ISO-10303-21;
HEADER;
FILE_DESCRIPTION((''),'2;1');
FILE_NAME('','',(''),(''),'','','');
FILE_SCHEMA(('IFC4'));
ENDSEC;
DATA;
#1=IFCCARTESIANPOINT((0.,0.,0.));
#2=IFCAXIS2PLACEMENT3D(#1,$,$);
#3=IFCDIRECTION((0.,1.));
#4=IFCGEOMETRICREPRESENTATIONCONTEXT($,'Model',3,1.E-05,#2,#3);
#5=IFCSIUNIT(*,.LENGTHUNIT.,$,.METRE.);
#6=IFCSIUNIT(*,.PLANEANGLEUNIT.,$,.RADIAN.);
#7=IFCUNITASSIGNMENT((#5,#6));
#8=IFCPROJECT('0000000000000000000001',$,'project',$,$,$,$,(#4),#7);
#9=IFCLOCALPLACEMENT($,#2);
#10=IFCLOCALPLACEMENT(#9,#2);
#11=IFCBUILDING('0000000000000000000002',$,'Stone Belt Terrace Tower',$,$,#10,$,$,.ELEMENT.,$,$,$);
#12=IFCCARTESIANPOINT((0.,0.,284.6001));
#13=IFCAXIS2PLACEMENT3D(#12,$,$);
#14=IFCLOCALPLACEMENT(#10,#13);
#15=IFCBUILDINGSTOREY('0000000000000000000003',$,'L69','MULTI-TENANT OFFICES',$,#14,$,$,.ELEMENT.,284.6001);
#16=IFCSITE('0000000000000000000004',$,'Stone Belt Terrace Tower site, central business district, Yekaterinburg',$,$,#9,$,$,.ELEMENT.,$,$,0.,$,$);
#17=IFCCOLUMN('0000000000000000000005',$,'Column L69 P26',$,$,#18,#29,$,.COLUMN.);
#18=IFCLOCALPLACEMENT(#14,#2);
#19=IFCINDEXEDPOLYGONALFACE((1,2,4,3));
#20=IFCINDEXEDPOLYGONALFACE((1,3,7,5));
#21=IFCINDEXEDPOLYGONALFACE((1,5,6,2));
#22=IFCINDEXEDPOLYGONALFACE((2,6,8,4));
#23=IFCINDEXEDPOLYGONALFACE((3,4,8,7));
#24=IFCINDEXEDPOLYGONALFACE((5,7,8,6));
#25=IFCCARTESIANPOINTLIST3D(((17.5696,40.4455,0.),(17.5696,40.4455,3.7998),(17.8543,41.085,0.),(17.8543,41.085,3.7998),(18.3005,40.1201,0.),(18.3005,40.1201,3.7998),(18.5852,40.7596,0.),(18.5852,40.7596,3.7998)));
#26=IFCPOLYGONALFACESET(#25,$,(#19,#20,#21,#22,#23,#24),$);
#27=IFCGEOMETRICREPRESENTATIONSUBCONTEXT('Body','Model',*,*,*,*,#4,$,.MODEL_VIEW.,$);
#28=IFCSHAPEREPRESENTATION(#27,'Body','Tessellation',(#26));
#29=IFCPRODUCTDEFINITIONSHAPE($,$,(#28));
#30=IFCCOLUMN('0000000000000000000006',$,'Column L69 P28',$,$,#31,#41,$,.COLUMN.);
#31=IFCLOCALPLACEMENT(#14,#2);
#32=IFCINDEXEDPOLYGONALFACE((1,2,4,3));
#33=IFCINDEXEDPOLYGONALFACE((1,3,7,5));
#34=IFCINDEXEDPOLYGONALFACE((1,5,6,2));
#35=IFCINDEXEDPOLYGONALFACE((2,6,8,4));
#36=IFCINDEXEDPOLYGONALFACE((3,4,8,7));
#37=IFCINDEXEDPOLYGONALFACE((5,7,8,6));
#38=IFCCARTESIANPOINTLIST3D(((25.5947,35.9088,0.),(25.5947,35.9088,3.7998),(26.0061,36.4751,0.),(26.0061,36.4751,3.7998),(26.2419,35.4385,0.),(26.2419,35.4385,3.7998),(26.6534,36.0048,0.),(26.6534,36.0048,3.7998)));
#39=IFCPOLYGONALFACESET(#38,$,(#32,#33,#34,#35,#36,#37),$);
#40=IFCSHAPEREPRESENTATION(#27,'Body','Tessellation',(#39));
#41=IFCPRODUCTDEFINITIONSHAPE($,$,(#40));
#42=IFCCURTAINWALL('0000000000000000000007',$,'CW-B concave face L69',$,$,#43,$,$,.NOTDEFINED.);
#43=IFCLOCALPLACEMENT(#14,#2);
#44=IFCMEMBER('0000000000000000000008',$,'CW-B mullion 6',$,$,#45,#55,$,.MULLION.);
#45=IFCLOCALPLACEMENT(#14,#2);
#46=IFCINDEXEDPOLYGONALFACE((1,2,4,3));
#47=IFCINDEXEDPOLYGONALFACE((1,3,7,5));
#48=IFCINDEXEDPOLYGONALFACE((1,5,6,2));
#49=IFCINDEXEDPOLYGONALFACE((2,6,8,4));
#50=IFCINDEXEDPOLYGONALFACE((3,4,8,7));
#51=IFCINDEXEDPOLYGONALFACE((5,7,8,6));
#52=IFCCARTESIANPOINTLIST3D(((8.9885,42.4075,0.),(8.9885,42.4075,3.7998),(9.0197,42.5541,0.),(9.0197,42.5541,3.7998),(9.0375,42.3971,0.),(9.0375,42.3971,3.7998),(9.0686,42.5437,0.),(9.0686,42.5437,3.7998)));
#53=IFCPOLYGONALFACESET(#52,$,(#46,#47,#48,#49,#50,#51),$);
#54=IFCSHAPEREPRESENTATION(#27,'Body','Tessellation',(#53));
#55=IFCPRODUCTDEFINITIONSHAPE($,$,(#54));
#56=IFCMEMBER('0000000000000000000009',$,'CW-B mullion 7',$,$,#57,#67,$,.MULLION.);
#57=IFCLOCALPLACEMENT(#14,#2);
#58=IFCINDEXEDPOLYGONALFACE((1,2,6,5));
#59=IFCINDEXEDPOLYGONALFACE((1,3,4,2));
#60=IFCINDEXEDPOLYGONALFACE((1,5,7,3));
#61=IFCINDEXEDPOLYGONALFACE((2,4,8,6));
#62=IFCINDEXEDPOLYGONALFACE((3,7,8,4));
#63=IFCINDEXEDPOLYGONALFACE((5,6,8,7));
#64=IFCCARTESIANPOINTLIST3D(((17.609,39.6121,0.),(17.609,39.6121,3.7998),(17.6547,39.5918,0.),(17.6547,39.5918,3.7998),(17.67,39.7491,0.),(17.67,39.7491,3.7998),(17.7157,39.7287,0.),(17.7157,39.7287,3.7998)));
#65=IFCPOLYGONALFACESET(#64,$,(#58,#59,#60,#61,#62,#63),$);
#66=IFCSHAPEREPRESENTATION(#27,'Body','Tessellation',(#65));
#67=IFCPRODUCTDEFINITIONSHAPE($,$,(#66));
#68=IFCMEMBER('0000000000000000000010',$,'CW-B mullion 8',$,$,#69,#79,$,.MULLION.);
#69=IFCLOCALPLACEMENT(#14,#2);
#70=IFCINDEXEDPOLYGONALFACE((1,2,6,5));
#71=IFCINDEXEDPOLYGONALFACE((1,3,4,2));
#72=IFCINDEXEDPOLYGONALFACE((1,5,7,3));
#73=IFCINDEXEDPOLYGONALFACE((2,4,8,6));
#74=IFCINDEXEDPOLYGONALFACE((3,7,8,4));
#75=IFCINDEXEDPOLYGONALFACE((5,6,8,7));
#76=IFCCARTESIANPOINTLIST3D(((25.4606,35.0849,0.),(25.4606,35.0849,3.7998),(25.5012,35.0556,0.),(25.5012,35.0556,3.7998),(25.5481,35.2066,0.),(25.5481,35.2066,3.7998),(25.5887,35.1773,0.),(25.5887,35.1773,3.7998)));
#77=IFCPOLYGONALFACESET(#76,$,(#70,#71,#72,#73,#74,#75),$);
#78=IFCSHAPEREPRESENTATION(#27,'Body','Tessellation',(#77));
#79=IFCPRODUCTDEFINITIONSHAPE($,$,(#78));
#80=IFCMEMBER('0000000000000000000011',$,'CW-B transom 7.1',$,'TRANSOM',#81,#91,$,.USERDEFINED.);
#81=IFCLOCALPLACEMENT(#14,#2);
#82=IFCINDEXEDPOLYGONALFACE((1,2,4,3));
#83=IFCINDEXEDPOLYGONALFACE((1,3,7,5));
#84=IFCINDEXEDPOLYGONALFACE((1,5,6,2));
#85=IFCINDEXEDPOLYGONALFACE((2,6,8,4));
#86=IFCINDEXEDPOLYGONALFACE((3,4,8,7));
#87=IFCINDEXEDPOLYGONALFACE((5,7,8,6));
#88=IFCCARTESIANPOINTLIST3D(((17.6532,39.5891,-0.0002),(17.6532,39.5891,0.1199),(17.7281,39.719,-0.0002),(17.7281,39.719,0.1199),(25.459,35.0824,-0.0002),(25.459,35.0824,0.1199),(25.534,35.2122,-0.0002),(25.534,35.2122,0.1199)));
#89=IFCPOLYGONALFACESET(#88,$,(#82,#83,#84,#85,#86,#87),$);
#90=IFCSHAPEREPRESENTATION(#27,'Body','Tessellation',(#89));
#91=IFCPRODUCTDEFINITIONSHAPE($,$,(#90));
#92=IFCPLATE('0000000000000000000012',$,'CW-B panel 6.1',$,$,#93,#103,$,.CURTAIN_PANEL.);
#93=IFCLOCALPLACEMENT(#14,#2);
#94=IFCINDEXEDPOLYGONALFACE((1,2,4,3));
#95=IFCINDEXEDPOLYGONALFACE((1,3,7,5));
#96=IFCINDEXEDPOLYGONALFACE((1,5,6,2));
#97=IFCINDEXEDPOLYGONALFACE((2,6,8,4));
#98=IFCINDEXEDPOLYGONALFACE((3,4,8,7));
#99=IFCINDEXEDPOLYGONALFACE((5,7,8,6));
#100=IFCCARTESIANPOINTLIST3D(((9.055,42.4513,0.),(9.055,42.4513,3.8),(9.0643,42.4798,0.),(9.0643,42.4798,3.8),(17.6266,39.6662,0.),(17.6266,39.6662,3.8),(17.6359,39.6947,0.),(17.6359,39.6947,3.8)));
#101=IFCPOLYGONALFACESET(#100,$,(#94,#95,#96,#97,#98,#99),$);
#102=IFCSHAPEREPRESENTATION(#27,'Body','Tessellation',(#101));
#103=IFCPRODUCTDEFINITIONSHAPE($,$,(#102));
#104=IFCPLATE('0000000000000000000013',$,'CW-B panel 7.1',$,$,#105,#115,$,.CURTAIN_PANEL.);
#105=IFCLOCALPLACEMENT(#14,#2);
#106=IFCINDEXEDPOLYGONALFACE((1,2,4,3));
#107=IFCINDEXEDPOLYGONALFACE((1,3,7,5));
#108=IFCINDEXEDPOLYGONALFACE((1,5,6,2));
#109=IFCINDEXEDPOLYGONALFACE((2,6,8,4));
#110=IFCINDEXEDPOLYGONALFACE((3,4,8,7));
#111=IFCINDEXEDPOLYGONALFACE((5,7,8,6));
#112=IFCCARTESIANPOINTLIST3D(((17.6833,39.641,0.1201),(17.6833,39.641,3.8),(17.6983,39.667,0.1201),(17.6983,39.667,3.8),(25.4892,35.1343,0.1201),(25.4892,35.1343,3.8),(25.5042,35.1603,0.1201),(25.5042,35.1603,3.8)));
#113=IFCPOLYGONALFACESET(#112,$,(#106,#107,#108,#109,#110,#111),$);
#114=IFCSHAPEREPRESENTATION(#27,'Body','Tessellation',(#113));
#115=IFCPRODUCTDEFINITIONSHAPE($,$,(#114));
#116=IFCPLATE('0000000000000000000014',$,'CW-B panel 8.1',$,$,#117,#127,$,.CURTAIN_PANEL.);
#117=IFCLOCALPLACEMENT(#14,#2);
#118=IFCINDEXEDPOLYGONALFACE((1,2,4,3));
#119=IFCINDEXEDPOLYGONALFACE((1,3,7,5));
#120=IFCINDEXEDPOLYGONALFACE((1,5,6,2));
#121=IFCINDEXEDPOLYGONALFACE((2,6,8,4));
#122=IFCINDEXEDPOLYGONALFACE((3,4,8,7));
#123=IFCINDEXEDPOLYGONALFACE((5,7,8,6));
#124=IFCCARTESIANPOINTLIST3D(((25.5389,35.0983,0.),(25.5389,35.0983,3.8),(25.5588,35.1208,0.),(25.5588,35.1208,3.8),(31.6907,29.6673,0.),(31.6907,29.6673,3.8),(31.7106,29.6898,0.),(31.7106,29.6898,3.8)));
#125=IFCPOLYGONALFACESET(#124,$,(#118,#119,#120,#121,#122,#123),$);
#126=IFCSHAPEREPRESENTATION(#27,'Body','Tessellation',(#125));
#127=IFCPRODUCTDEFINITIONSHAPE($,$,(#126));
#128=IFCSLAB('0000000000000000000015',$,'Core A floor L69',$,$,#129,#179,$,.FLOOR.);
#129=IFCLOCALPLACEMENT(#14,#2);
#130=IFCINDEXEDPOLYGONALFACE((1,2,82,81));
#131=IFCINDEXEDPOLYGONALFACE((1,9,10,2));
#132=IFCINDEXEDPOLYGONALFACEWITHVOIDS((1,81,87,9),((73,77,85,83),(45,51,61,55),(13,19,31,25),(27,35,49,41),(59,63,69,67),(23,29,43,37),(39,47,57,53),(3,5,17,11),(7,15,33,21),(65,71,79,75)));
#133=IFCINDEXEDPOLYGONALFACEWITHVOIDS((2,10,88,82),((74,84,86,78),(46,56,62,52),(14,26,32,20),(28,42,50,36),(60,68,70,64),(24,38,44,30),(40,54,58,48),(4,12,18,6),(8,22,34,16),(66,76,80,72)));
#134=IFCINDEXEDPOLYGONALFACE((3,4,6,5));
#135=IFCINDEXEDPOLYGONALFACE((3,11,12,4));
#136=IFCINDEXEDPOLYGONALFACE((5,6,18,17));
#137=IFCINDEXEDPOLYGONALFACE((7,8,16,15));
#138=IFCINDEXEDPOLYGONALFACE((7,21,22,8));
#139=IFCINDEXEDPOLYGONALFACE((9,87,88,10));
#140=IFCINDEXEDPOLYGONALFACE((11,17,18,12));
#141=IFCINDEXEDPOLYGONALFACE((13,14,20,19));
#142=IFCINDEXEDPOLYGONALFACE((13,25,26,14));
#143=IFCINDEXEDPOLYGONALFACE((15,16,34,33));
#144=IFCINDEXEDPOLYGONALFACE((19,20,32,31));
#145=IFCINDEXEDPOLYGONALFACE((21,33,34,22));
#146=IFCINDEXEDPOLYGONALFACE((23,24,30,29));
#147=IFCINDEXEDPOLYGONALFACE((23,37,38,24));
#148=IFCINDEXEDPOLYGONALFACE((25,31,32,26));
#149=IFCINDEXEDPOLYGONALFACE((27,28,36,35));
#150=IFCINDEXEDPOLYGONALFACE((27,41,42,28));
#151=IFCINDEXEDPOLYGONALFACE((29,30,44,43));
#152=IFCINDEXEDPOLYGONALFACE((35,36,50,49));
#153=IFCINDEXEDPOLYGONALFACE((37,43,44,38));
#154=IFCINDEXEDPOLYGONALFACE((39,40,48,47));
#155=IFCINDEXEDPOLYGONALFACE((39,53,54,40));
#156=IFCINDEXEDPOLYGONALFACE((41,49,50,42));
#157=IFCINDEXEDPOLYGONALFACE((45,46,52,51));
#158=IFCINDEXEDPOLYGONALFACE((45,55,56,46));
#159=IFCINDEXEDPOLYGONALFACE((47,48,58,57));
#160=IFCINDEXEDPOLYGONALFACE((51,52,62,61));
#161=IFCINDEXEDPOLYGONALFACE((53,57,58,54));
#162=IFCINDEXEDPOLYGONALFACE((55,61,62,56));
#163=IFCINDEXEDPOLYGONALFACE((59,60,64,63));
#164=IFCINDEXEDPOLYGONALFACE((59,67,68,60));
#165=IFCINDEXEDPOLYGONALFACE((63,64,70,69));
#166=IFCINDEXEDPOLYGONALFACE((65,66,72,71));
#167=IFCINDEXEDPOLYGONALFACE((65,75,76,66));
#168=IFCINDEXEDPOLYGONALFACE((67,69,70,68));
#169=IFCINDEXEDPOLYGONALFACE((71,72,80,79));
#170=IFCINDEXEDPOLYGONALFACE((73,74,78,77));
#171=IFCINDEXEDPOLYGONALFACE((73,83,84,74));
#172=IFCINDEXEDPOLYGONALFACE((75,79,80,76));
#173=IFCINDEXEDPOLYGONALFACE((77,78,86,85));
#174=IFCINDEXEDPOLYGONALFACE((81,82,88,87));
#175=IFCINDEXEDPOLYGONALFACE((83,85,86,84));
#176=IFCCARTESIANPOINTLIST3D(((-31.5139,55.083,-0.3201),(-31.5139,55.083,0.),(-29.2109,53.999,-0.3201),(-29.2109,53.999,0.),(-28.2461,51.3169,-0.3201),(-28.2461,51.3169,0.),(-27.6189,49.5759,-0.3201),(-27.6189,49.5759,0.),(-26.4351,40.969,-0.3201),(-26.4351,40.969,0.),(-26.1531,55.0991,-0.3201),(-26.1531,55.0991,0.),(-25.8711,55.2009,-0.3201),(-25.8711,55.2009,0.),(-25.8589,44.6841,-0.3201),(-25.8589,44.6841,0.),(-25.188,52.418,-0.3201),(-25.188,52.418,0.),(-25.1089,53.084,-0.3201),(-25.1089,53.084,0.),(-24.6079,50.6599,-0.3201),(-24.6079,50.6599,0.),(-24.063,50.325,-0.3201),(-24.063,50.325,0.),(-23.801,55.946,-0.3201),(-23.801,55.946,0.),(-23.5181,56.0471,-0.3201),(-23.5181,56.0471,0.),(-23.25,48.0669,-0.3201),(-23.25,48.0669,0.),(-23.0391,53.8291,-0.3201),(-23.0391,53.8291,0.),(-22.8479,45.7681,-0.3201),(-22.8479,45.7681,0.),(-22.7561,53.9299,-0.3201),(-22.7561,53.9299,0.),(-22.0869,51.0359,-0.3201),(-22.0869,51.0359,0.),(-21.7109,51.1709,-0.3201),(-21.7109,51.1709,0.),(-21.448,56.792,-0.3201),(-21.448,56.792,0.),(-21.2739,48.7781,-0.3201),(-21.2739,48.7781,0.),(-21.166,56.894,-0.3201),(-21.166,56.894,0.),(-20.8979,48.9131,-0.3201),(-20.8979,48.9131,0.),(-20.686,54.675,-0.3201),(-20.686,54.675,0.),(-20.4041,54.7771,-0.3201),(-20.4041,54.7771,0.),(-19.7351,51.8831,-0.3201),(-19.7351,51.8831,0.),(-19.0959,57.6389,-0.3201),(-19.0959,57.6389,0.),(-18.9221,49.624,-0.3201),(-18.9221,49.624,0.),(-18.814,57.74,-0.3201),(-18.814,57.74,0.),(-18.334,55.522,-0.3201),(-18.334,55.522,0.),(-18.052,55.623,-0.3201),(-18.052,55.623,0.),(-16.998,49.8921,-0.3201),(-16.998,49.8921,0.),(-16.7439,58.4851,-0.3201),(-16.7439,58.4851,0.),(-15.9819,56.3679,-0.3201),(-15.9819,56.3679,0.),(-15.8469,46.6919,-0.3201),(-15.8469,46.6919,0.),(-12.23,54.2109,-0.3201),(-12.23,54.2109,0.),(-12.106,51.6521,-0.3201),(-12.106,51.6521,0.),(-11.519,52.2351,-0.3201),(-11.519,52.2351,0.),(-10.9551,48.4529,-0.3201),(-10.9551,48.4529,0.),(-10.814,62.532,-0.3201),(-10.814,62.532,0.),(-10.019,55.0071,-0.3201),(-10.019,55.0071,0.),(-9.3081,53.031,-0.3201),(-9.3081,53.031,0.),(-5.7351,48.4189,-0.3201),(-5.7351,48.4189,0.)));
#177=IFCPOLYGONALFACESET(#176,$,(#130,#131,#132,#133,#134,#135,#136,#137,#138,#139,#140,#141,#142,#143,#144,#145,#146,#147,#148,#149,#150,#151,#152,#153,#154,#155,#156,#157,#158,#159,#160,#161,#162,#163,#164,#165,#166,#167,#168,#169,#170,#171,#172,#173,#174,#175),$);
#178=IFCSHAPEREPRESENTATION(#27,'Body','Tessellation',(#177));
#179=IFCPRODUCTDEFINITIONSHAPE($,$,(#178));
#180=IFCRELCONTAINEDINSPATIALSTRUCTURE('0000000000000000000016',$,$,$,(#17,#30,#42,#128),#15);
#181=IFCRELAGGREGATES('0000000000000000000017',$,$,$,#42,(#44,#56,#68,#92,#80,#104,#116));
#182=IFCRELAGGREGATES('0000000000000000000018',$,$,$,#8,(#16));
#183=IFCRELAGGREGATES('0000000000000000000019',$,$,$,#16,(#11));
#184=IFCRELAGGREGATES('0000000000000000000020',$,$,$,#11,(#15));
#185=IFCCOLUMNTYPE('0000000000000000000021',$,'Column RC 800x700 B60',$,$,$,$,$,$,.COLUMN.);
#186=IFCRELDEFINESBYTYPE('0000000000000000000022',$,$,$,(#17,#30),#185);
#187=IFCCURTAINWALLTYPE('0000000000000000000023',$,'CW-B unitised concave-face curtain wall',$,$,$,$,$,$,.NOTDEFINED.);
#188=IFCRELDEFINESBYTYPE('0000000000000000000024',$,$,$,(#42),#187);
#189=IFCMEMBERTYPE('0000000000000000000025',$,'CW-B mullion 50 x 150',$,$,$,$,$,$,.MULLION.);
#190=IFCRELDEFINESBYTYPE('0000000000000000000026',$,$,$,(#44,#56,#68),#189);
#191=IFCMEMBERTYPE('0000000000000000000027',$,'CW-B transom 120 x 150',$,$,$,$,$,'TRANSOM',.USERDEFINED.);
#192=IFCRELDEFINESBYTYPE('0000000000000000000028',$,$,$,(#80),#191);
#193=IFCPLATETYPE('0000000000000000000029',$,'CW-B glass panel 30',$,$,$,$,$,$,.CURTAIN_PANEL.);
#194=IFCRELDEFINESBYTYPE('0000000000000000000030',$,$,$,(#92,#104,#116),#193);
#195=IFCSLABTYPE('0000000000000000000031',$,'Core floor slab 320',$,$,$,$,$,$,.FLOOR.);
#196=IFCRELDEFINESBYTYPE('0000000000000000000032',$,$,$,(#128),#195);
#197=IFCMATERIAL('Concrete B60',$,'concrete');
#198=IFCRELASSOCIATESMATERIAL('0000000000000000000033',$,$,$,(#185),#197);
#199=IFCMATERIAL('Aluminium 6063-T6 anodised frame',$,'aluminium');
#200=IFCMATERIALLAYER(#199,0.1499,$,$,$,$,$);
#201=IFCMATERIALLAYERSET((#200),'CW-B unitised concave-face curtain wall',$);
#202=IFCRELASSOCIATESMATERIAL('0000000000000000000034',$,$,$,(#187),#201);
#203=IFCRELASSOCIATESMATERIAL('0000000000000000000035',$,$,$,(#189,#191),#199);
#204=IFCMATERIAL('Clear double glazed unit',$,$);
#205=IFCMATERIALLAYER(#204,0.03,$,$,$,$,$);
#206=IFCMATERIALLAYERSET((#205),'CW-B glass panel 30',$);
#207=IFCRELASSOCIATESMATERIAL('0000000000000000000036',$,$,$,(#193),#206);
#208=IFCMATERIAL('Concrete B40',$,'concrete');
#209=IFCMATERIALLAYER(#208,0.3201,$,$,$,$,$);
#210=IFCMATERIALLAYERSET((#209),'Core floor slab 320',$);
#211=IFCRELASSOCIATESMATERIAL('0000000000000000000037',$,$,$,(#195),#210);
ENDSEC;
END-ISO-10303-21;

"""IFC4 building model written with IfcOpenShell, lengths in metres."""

from ifc_helpers import new_model, si_unit, direction, frame, origin, origin_2d, place, context, subcontext, project, spatial, polyline, rectangle, outline, extrude, material, layer, layer_set, material_profile, profile_set, type_object, element, aggregate, save


model = new_model("IFC4")

# Units and contexts
model_context = context("Model", 3, precision=1e-05, world=origin(), true_north=direction((0.0, 1.0)))
body_context = subcontext(model_context, "Body", "Model", "MODEL_VIEW")
ifc_project = project(units=[si_unit("LENGTHUNIT", "METRE"), si_unit("PLANEANGLEUNIT", "RADIAN")], contexts=[model_context])

# Site, building, storey
site_placement = place(None, origin())
site = spatial("IfcSite", under=ifc_project, at=site_placement, Name="Stone Belt Terrace Tower site, central business district, Yekaterinburg", CompositionType="ELEMENT", RefElevation=0.0)
building_placement = place(site_placement, origin())
building = spatial("IfcBuilding", under=site, at=building_placement, Name="Stone Belt Terrace Tower", CompositionType="ELEMENT")
storey_placement = place(building_placement, frame((0.0, 0.0, 284.6001)))
storey = spatial("IfcBuildingStorey", under=building, at=storey_placement, Name="L69", Description="MULTI-TENANT OFFICES", CompositionType="ELEMENT", Elevation=284.6001)

# Columns
ifc_material_1 = material(Name="Concrete B60", Category="concrete")
ifc_material_profile_1 = material_profile(ifc_material_1, rectangle(XDim=0.8, YDim=0.7, at=origin_2d()), Name="RC 800x700")
ifc_profile_set_1 = profile_set([ifc_material_profile_1], Name="Concrete B60")
column_type = type_object("IfcColumnType", Name="Column RC 800x700 B60", PredefinedType="COLUMN", material=ifc_profile_set_1)
for number, where, z_axis, x_axis, name in (
    (1, (18.0774, 40.6025, 0.0), (0.0, 0.0, 1.0), (0.913545, -0.406737, 0.0), "Column L69 P26"),
    (2, (26.124, 35.9568, 0.0), (0.0, 0.0, 1.0), (0.809017, -0.587785, 0.0), "Column L69 P28"),
):
    element("IfcColumn", number, at=place(storey_placement, frame(where, z_axis=z_axis, x_axis=x_axis)), inside=storey, type_object=column_type, Name=name, PredefinedType="COLUMN", context=body_context, shape_type="SweptSolid", body=[
        extrude(rectangle(XDim=0.8, YDim=0.7, at=origin_2d()), origin(), (0.0, 0.0, 1.0), 3.7998),
    ])

# Curtain wall, members, plates
ifc_material_2 = material(Name="Aluminium 6063-T6 anodised frame", Category="aluminium")
ifc_layer_1 = layer(ifc_material_2, 0.1499)
ifc_layer_set_1 = layer_set([ifc_layer_1], Name="CW-B unitised concave-face curtain wall")
curtain_wall_type = type_object("IfcCurtainWallType", Name="CW-B unitised concave-face curtain wall", PredefinedType="NOTDEFINED", material=ifc_layer_set_1)
curtain_wall_placement = place(storey_placement, origin())
curtain_wall = element("IfcCurtainWall", 3, at=curtain_wall_placement, inside=storey, type_object=curtain_wall_type, Name="CW-B concave face L69", PredefinedType="NOTDEFINED")
ifc_material_profile_2 = material_profile(ifc_material_2, rectangle(XDim=0.1499, YDim=0.05, at=origin_2d()), Name="Aluminium 6063-T6 50x150")
ifc_profile_set_2 = profile_set([ifc_material_profile_2], Name="Aluminium 6063-T6 anodised frame")
member_type_1 = type_object("IfcMemberType", Name="CW-B mullion 50 x 150", PredefinedType="MULLION", material=ifc_profile_set_2)
member_1_placement = place(storey_placement, frame((9.0286, 42.4756, 0.0), z_axis=(0.0, 0.0, 1.0), x_axis=(0.207912, 0.978148, 0.0)))
member_1 = element("IfcMember", 4, at=member_1_placement, type_object=member_type_1, Name="CW-B mullion 6", PredefinedType="MULLION", context=body_context, shape_type="SweptSolid", body=[
    extrude(rectangle(XDim=0.1499, YDim=0.05, at=origin_2d()), origin(), (0.0, 0.0, 1.0), 3.7998),
])
member_2_placement = place(storey_placement, frame((17.6624, 39.6704, 0.0), z_axis=(0.0, 0.0, 1.0), x_axis=(0.406737, 0.913545, 0.0)))
member_2 = element("IfcMember", 5, at=member_2_placement, type_object=member_type_1, Name="CW-B mullion 7", PredefinedType="MULLION", context=body_context, shape_type="SweptSolid", body=[
    extrude(rectangle(XDim=0.1499, YDim=0.05, at=origin_2d()), origin(), (0.0, 0.0, 1.0), 3.7998),
])
member_3_placement = place(storey_placement, frame((25.5247, 35.1311, 0.0), z_axis=(0.0, 0.0, 1.0), x_axis=(0.583819, 0.811884, 0.0)))
member_3 = element("IfcMember", 6, at=member_3_placement, type_object=member_type_1, Name="CW-B mullion 8", PredefinedType="MULLION", context=body_context, shape_type="SweptSolid", body=[
    extrude(rectangle(XDim=0.1499, YDim=0.05, at=origin_2d()), origin(), (0.0, 0.0, 1.0), 3.7998),
])
ifc_material_profile_3 = material_profile(ifc_material_2, rectangle(XDim=0.1499, YDim=0.1201, at=origin_2d()), Name="Aluminium 6063-T6 150x120")
ifc_profile_set_3 = profile_set([ifc_material_profile_3], Name="Aluminium 6063-T6 anodised frame")
member_type_2 = type_object("IfcMemberType", Name="CW-B transom 120 x 150", ElementType="TRANSOM", PredefinedType="USERDEFINED", material=ifc_profile_set_3)
member_4_placement = place(storey_placement, frame((17.6907, 39.6541, 0.0598), z_axis=(0.866021, -0.500008, 0.0), x_axis=(0.500008, 0.866021, 0.0)))
member_4 = element("IfcMember", 7, at=member_4_placement, type_object=member_type_2, Name="CW-B transom 7.1", ObjectType="TRANSOM", PredefinedType="USERDEFINED", context=body_context, shape_type="SweptSolid", body=[
    extrude(rectangle(XDim=0.1499, YDim=0.1201, at=origin_2d()), origin(), (0.0, 0.0, 1.0), 9.0134),
])
ifc_material_3 = material(Name="Clear double glazed unit")
ifc_layer_2 = layer(ifc_material_3, 0.03)
ifc_layer_set_2 = layer_set([ifc_layer_2], Name="CW-B glass panel 30")
plate_type = type_object("IfcPlateType", Name="CW-B glass panel 30", PredefinedType="CURTAIN_PANEL", material=ifc_layer_set_2)
plate_1_placement = place(storey_placement, frame((13.3455, 41.073, 0.0), z_axis=(0.0, 0.0, 1.0), x_axis=(0.951057, -0.309017, 0.0)))
plate_1 = element("IfcPlate", 8, at=plate_1_placement, type_object=plate_type, Name="CW-B panel 6.1", PredefinedType="CURTAIN_PANEL", context=body_context, shape_type="SweptSolid", body=[
    extrude(rectangle(XDim=9.0127, YDim=0.03, at=origin_2d()), origin(), (0.0, 0.0, 1.0), 3.8),
])
plate_2_placement = place(storey_placement, frame((21.5938, 37.4006, 0.1201), z_axis=(0.0, 0.0, 1.0), x_axis=(0.866025, -0.5, 0.0)))
plate_2 = element("IfcPlate", 9, at=plate_2_placement, type_object=plate_type, Name="CW-B panel 7.1", PredefinedType="CURTAIN_PANEL", context=body_context, shape_type="SweptSolid", body=[
    extrude(rectangle(XDim=9.0134, YDim=0.03, at=origin_2d()), origin(), (0.0, 0.0, 1.0), 3.6799),
])
plate_3_placement = place(storey_placement, frame((28.6248, 32.394, 0.0), z_axis=(0.0, 0.0, 1.0), x_axis=(0.749659, -0.661825, 0.0)))
plate_3 = element("IfcPlate", 10, at=plate_3_placement, type_object=plate_type, Name="CW-B panel 8.1", PredefinedType="CURTAIN_PANEL", context=body_context, shape_type="SweptSolid", body=[
    extrude(rectangle(XDim=8.2061, YDim=0.03, at=origin_2d()), origin(), (0.0, 0.0, 1.0), 3.8),
])
aggregate(curtain_wall, [member_1, member_2, member_3, plate_1, member_4, plate_2, plate_3])

# Slab
ifc_material_4 = material(Name="Concrete B40", Category="concrete")
ifc_layer_3 = layer(ifc_material_4, 0.3201)
ifc_layer_set_3 = layer_set([ifc_layer_3], Name="Core floor slab 320")
slab_type_1 = type_object("IfcSlabType", Name="Core floor slab 320", PredefinedType="FLOOR", material=ifc_layer_set_3)
slab_1_placement = place(storey_placement, frame((0.0, 0.0, -0.3201)))
element("IfcSlab", 11, at=slab_1_placement, inside=storey, type_object=slab_type_1, Name="Core A floor L69", PredefinedType="FLOOR", context=body_context, shape_type="SweptSolid", body=[
    extrude(outline(polyline([(-26.4351, 40.969), (-5.7351, 48.4189), (-10.814, 62.532), (-31.5139, 55.083), (-26.4351, 40.969)]), holes=[polyline([(-24.6079, 50.6599), (-22.8479, 45.7681), (-25.8589, 44.6841), (-27.6189, 49.5759), (-24.6079, 50.6599)]), polyline([(-10.9551, 48.4529), (-15.8469, 46.6919), (-16.998, 49.8921), (-12.106, 51.6521), (-10.9551, 48.4529)]), polyline([(-22.0869, 51.0359), (-21.2739, 48.7781), (-23.25, 48.0669), (-24.063, 50.325), (-22.0869, 51.0359)]), polyline([(-18.9221, 49.624), (-20.8979, 48.9131), (-21.7109, 51.1709), (-19.7351, 51.8831), (-18.9221, 49.624)]), polyline([(-29.2109, 53.999), (-26.1531, 55.0991), (-25.188, 52.418), (-28.2461, 51.3169), (-29.2109, 53.999)]), polyline([(-10.019, 55.0071), (-9.3081, 53.031), (-11.519, 52.2351), (-12.23, 54.2109), (-10.019, 55.0071)]), polyline([(-25.8711, 55.2009), (-23.801, 55.946), (-23.0391, 53.8291), (-25.1089, 53.084), (-25.8711, 55.2009)]), polyline([(-23.5181, 56.0471), (-21.448, 56.792), (-20.686, 54.675), (-22.7561, 53.9299), (-23.5181, 56.0471)]), polyline([(-19.0959, 57.6389), (-18.334, 55.522), (-20.4041, 54.7771), (-21.166, 56.894), (-19.0959, 57.6389)]), polyline([(-16.7439, 58.4851), (-15.9819, 56.3679), (-18.052, 55.623), (-18.814, 57.74), (-16.7439, 58.4851)])]), origin(), (0.0, 0.0, 1.0), 0.3201),
])

save(model, "model.ifc")
